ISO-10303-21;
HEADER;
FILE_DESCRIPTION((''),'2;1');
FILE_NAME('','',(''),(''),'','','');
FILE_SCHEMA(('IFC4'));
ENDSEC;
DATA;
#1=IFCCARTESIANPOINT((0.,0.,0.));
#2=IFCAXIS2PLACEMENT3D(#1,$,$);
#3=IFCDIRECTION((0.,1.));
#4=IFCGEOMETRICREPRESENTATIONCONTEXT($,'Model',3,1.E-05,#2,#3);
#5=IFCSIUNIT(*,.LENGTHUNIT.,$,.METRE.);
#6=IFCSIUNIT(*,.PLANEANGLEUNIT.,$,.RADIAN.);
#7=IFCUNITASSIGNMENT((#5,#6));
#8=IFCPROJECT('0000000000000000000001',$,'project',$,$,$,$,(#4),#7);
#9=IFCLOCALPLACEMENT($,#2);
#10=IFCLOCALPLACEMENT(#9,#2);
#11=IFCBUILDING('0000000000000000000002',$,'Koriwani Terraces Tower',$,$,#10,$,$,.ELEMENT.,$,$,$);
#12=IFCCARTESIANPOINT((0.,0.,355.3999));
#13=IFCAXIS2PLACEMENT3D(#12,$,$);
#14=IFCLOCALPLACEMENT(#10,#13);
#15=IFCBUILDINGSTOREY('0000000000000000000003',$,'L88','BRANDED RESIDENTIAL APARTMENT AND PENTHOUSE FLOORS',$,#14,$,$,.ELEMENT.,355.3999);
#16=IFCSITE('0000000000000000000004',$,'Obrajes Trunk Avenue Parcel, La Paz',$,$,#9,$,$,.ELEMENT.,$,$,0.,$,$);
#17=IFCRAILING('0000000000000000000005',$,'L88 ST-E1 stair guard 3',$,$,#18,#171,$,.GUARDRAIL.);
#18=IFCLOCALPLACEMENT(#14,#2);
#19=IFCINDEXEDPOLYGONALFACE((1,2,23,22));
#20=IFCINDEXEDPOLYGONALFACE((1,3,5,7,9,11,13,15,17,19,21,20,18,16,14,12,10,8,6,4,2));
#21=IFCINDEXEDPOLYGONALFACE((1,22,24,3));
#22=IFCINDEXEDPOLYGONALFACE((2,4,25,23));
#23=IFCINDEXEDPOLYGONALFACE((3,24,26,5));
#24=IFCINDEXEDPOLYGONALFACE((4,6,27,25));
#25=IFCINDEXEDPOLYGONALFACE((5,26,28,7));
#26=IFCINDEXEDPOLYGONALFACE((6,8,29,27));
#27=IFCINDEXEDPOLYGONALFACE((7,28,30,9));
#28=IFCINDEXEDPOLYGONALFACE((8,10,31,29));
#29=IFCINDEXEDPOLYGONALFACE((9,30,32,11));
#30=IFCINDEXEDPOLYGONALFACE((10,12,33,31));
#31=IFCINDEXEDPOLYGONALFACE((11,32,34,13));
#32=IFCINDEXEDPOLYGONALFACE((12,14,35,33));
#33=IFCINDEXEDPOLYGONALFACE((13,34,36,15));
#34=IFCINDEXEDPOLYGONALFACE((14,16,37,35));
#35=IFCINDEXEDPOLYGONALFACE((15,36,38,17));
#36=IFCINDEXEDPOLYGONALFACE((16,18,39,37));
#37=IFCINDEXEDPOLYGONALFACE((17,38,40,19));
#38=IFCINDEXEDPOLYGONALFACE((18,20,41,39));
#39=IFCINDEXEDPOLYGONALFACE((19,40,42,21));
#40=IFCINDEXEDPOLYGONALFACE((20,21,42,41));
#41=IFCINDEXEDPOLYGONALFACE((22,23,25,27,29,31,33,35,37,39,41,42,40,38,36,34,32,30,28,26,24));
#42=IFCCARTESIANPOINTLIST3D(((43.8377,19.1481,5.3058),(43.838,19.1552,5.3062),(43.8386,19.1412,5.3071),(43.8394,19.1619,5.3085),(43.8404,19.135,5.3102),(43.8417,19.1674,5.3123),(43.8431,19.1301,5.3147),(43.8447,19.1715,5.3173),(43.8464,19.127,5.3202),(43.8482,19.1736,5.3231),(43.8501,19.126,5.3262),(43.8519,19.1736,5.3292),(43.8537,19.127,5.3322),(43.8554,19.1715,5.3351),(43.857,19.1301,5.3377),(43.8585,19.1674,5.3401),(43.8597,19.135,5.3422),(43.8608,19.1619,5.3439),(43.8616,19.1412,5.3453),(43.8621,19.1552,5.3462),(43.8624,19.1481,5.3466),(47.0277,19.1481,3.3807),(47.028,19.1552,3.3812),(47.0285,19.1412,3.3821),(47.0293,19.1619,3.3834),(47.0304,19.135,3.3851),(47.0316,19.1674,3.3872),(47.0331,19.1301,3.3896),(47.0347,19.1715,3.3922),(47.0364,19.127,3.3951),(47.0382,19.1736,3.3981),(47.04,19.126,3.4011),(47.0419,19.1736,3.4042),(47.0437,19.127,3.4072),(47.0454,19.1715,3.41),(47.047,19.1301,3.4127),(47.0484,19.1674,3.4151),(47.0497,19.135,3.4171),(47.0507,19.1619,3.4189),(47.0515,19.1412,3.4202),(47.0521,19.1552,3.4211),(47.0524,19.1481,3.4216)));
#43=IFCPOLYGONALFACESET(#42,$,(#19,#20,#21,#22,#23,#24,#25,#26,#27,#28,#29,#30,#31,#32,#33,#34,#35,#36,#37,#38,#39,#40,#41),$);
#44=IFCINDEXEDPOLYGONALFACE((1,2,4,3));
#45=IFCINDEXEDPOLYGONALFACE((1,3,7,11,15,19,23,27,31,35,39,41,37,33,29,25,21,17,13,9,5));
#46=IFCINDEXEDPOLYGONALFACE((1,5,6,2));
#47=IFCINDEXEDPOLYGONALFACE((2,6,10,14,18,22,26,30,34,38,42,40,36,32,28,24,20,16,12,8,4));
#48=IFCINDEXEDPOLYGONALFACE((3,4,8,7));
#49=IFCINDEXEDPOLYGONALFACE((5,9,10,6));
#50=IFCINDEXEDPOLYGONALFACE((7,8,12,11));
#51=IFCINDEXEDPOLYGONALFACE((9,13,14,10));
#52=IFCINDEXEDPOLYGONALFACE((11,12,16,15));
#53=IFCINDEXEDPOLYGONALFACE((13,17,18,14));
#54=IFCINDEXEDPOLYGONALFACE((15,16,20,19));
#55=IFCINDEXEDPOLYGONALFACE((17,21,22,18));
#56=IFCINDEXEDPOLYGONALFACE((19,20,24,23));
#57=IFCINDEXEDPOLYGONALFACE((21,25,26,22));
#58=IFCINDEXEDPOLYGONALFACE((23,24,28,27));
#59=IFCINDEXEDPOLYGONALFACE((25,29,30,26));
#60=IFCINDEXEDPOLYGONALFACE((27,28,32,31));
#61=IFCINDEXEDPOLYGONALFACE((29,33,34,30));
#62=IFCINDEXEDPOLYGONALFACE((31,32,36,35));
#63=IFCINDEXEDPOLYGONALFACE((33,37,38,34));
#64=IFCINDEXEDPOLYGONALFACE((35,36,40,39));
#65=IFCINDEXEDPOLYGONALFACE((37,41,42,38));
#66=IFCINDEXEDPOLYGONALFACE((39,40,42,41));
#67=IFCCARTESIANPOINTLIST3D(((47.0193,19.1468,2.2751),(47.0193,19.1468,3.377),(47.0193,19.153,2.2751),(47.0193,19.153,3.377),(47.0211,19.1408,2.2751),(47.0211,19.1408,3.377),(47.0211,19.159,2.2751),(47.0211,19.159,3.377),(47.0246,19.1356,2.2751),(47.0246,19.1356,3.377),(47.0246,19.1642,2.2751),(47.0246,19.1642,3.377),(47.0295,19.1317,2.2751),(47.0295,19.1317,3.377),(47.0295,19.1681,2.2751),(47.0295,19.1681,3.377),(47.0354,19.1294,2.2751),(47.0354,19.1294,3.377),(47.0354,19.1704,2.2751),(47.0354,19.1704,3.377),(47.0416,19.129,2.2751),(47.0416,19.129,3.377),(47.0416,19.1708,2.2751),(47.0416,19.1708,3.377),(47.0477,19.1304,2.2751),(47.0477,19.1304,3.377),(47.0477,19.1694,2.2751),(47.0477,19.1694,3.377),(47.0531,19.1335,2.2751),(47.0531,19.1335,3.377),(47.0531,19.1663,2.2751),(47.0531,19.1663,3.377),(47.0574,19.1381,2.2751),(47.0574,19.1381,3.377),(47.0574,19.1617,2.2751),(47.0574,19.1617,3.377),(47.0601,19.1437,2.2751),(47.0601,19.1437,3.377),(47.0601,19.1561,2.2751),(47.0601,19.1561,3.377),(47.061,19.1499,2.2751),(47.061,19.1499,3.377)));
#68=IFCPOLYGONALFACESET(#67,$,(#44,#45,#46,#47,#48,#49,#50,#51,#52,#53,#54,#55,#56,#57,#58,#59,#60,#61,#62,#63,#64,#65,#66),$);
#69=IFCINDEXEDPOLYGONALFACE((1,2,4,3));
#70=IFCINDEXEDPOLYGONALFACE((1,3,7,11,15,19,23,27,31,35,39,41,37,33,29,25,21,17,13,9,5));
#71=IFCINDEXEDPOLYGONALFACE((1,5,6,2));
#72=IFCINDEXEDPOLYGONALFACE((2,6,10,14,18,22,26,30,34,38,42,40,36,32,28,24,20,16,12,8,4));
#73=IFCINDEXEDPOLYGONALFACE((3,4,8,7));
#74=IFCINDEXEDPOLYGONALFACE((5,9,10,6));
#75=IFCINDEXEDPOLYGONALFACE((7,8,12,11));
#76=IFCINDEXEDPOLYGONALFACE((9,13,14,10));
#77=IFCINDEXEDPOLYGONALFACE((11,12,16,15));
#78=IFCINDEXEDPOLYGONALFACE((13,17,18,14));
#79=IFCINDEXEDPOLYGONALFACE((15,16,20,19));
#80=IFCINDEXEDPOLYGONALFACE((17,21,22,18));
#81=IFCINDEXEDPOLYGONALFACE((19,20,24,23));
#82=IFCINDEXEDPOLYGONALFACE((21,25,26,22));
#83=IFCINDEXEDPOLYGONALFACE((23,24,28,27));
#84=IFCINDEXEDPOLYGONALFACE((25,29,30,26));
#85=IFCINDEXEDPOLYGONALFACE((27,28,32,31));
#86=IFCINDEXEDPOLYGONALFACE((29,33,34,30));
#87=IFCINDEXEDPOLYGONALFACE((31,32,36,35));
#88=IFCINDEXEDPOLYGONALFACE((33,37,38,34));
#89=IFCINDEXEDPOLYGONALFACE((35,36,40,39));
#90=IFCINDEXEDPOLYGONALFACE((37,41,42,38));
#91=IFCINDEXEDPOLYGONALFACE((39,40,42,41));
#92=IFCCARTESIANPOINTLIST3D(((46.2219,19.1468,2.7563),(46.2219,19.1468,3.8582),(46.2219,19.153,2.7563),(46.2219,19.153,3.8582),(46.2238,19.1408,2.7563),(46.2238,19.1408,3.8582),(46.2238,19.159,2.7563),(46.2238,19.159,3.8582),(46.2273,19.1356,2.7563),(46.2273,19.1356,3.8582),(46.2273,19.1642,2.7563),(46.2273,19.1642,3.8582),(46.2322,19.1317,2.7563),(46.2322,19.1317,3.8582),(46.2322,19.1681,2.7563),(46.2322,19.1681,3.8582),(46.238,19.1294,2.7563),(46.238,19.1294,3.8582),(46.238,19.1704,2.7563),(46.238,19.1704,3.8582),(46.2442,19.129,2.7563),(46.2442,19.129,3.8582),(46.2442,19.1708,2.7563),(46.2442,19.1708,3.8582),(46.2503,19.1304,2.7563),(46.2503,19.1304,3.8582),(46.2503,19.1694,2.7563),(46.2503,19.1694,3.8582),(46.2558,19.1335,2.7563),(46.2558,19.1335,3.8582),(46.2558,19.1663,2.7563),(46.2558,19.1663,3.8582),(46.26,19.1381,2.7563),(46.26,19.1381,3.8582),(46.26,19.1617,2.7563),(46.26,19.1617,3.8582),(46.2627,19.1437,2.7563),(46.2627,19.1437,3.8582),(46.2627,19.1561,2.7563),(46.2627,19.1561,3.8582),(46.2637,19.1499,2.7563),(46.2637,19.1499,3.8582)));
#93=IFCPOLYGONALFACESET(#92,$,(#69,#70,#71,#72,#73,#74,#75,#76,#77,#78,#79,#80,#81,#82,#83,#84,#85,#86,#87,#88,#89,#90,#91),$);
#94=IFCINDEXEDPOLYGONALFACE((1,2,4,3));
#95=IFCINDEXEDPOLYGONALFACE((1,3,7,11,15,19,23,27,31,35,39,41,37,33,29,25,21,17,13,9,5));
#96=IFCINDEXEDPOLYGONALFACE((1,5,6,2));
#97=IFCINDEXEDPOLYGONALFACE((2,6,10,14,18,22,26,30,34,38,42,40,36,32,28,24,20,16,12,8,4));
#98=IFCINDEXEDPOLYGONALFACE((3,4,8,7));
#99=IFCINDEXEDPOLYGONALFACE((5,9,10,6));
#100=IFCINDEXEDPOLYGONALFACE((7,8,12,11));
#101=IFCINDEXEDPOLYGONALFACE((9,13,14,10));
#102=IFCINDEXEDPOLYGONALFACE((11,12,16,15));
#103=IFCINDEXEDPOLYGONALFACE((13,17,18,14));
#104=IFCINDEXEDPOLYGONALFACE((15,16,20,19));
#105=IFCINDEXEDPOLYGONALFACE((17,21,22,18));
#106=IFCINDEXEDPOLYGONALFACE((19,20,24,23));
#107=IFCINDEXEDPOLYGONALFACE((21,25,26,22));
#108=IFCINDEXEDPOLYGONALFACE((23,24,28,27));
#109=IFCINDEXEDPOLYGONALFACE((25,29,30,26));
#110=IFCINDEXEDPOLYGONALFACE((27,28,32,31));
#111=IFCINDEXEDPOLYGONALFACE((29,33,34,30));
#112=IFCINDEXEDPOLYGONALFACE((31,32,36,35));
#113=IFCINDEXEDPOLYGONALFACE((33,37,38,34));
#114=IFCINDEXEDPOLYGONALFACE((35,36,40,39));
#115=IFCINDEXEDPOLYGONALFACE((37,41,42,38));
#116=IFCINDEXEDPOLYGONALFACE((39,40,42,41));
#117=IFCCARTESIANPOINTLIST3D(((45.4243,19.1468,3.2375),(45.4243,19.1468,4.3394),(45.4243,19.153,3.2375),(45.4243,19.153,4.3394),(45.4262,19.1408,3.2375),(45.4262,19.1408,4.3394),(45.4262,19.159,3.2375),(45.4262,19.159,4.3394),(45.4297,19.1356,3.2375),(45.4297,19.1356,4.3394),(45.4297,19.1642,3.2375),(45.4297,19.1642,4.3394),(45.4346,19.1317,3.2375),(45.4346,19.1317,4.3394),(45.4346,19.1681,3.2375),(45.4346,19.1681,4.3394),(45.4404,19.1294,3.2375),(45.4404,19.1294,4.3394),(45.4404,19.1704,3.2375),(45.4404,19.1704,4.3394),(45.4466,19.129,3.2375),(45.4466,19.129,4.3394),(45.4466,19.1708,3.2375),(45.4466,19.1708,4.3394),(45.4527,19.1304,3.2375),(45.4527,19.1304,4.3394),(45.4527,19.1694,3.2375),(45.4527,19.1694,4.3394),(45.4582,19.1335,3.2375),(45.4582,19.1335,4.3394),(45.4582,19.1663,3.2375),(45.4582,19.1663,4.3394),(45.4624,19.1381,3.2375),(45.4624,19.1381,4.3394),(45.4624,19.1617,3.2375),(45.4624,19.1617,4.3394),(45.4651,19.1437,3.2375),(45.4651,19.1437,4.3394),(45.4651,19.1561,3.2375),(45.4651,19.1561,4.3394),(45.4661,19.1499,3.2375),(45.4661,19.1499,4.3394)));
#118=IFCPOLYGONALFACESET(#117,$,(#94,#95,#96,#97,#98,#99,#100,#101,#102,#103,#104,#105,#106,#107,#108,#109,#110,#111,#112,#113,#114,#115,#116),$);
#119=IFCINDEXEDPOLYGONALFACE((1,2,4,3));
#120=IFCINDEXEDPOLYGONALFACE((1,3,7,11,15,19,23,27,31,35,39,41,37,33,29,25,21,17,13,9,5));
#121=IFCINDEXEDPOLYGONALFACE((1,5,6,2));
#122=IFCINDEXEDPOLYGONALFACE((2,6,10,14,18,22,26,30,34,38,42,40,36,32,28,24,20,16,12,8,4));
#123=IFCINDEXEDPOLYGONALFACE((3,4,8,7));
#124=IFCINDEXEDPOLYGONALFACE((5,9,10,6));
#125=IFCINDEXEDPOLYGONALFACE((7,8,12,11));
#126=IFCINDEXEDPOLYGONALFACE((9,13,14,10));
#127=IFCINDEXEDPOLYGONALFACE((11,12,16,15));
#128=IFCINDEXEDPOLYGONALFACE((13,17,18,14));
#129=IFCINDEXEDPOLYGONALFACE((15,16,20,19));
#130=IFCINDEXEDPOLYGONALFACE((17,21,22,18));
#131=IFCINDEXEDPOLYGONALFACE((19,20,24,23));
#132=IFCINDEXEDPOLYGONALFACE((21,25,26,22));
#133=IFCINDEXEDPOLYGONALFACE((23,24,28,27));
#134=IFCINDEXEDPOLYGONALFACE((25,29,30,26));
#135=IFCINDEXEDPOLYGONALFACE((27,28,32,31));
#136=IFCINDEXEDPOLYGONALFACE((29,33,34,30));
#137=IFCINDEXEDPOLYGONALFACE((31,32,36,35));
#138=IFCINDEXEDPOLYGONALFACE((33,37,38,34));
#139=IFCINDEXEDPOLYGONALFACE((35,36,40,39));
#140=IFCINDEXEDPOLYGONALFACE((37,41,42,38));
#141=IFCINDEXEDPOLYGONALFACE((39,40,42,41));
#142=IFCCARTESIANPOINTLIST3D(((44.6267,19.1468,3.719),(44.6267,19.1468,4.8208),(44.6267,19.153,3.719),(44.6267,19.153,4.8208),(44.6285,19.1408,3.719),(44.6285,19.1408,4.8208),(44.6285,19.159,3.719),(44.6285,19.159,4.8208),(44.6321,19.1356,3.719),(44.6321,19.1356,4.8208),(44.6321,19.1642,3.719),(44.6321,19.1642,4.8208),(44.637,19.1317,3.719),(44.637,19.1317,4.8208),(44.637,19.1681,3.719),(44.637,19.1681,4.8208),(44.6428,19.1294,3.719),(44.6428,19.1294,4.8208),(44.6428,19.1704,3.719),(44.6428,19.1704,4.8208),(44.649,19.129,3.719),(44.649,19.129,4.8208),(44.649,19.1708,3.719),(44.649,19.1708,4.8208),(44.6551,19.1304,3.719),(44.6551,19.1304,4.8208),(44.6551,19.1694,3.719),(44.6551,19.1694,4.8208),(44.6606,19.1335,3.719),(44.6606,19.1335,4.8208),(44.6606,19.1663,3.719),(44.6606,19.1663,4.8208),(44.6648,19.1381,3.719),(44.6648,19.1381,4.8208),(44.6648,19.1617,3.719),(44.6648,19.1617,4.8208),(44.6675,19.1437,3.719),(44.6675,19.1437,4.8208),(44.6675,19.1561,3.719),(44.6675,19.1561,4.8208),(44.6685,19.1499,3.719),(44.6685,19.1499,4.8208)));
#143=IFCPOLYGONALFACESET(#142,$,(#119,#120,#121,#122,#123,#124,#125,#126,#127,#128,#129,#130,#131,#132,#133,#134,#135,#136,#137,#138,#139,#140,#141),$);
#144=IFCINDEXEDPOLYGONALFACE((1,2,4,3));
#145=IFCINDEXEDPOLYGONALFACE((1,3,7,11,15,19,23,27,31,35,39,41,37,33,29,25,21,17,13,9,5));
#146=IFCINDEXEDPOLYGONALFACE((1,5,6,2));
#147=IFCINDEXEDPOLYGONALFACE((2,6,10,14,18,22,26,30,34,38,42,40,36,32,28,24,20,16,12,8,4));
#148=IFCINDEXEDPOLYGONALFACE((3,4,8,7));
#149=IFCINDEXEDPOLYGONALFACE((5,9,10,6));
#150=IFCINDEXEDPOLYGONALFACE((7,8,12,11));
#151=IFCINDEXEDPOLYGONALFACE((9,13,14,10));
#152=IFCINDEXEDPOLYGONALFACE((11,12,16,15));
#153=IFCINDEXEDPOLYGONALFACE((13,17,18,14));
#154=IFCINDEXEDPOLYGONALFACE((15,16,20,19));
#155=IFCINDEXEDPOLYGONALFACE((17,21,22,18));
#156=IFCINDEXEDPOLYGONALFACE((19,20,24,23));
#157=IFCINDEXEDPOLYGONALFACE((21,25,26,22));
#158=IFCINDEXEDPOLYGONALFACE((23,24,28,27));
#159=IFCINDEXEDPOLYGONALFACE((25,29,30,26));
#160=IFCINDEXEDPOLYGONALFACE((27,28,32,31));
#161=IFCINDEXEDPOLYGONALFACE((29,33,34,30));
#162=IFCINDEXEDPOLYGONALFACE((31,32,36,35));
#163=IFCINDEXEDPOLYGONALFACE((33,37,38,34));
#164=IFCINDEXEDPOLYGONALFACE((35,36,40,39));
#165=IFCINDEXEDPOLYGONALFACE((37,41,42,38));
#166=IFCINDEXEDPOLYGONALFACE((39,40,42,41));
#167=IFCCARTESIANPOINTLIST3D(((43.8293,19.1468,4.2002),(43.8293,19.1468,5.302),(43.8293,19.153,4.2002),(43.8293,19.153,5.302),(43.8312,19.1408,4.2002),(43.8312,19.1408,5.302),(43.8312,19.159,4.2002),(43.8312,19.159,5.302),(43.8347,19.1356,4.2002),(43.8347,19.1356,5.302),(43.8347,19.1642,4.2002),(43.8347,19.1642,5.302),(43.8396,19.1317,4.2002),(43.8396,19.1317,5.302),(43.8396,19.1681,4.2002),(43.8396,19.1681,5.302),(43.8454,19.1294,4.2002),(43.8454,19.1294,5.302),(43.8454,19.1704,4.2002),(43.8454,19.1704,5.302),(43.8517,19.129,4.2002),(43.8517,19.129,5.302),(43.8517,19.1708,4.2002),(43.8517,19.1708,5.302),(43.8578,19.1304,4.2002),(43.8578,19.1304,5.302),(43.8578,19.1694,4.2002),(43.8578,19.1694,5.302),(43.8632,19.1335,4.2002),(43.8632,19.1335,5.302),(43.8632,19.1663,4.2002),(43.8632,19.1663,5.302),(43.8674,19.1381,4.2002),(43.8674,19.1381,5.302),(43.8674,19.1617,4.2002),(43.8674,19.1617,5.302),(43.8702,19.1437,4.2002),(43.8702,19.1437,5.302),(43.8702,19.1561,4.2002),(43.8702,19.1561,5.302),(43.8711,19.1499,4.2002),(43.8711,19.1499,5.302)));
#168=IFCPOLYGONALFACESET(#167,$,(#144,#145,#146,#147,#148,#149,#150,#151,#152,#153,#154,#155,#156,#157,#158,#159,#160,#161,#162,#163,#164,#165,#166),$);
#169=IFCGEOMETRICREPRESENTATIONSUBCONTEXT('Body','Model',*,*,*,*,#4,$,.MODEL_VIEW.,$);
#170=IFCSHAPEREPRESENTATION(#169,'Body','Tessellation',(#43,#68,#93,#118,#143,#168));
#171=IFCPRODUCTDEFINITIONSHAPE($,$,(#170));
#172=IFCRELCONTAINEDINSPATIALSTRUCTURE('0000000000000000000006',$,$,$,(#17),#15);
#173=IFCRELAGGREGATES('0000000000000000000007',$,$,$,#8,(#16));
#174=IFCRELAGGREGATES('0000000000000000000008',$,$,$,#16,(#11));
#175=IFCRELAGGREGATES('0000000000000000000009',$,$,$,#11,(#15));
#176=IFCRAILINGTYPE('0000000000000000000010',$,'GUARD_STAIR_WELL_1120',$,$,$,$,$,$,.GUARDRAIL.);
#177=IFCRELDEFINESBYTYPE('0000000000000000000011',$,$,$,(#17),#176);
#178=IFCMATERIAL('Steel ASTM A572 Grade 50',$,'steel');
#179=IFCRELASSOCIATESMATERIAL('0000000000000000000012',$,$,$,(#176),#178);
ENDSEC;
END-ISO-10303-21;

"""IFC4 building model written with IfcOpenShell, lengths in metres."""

from ifc_helpers import new_model, si_unit, direction, frame, origin, origin_2d, place, context, subcontext, project, spatial, circle, extrude, material, type_object, element, save


model = new_model("IFC4")

# Units and contexts
model_context = context("Model", 3, precision=1e-05, world=origin(), true_north=direction((0.0, 1.0)))
body_context = subcontext(model_context, "Body", "Model", "MODEL_VIEW")
ifc_project = project(units=[si_unit("LENGTHUNIT", "METRE"), si_unit("PLANEANGLEUNIT", "RADIAN")], contexts=[model_context])

# Site, building, storey
site_placement = place(None, origin())
site = spatial("IfcSite", under=ifc_project, at=site_placement, Name="Obrajes Trunk Avenue Parcel, La Paz", CompositionType="ELEMENT", RefElevation=0.0)
building_placement = place(site_placement, origin())
building = spatial("IfcBuilding", under=site, at=building_placement, Name="Koriwani Terraces Tower", CompositionType="ELEMENT")
storey_placement = place(building_placement, frame((0.0, 0.0, 355.3999)))
storey = spatial("IfcBuildingStorey", under=building, at=storey_placement, Name="L88", Description="BRANDED RESIDENTIAL APARTMENT AND PENTHOUSE FLOORS", CompositionType="ELEMENT", Elevation=355.3999)

# Shared definitions
ifc_material_1 = material(Name="Steel ASTM A572 Grade 50", Category="steel")

# Railing
railing_type_1 = type_object("IfcRailingType", Name="GUARD_STAIR_WELL_1120", PredefinedType="GUARDRAIL", material=ifc_material_1)
for number, where, name in (
    (1, (47.04, 19.1499, 2.2751), "L88 ST-E1 stair guard 3"),
):
    element("IfcRailing", number, at=place(storey_placement, frame(where)), inside=storey, type_object=railing_type_1, Name=name, PredefinedType="GUARDRAIL", context=body_context, shape_type="SweptSolid", body=[
        extrude(circle(Radius=0.0239, at=origin_2d()), frame((0.0, 0.0, 1.126), z_axis=(-0.856178, 0.0, 0.516682), x_axis=(0.0, -1.0, 0.0)), (0.0, 0.0, 1.0), 3.7258),
        extrude(circle(Radius=0.021, at=origin_2d()), origin(), (0.0, 0.0, 1.0), 1.1018),
        extrude(circle(Radius=0.021, at=origin_2d()), frame((-0.7974, 0.0, 0.4812)), (0.0, 0.0, 1.0), 1.1018),
        extrude(circle(Radius=0.021, at=origin_2d()), frame((-1.595, 0.0, 0.9624)), (0.0, 0.0, 1.0), 1.1018),
        extrude(circle(Radius=0.021, at=origin_2d()), frame((-2.3926, 0.0, 1.4438)), (0.0, 0.0, 1.0), 1.1018),
        extrude(circle(Radius=0.021, at=origin_2d()), frame((-3.1899, 0.0, 1.925)), (0.0, 0.0, 1.0), 1.1018),
    ])

save(model, "model.ifc")
